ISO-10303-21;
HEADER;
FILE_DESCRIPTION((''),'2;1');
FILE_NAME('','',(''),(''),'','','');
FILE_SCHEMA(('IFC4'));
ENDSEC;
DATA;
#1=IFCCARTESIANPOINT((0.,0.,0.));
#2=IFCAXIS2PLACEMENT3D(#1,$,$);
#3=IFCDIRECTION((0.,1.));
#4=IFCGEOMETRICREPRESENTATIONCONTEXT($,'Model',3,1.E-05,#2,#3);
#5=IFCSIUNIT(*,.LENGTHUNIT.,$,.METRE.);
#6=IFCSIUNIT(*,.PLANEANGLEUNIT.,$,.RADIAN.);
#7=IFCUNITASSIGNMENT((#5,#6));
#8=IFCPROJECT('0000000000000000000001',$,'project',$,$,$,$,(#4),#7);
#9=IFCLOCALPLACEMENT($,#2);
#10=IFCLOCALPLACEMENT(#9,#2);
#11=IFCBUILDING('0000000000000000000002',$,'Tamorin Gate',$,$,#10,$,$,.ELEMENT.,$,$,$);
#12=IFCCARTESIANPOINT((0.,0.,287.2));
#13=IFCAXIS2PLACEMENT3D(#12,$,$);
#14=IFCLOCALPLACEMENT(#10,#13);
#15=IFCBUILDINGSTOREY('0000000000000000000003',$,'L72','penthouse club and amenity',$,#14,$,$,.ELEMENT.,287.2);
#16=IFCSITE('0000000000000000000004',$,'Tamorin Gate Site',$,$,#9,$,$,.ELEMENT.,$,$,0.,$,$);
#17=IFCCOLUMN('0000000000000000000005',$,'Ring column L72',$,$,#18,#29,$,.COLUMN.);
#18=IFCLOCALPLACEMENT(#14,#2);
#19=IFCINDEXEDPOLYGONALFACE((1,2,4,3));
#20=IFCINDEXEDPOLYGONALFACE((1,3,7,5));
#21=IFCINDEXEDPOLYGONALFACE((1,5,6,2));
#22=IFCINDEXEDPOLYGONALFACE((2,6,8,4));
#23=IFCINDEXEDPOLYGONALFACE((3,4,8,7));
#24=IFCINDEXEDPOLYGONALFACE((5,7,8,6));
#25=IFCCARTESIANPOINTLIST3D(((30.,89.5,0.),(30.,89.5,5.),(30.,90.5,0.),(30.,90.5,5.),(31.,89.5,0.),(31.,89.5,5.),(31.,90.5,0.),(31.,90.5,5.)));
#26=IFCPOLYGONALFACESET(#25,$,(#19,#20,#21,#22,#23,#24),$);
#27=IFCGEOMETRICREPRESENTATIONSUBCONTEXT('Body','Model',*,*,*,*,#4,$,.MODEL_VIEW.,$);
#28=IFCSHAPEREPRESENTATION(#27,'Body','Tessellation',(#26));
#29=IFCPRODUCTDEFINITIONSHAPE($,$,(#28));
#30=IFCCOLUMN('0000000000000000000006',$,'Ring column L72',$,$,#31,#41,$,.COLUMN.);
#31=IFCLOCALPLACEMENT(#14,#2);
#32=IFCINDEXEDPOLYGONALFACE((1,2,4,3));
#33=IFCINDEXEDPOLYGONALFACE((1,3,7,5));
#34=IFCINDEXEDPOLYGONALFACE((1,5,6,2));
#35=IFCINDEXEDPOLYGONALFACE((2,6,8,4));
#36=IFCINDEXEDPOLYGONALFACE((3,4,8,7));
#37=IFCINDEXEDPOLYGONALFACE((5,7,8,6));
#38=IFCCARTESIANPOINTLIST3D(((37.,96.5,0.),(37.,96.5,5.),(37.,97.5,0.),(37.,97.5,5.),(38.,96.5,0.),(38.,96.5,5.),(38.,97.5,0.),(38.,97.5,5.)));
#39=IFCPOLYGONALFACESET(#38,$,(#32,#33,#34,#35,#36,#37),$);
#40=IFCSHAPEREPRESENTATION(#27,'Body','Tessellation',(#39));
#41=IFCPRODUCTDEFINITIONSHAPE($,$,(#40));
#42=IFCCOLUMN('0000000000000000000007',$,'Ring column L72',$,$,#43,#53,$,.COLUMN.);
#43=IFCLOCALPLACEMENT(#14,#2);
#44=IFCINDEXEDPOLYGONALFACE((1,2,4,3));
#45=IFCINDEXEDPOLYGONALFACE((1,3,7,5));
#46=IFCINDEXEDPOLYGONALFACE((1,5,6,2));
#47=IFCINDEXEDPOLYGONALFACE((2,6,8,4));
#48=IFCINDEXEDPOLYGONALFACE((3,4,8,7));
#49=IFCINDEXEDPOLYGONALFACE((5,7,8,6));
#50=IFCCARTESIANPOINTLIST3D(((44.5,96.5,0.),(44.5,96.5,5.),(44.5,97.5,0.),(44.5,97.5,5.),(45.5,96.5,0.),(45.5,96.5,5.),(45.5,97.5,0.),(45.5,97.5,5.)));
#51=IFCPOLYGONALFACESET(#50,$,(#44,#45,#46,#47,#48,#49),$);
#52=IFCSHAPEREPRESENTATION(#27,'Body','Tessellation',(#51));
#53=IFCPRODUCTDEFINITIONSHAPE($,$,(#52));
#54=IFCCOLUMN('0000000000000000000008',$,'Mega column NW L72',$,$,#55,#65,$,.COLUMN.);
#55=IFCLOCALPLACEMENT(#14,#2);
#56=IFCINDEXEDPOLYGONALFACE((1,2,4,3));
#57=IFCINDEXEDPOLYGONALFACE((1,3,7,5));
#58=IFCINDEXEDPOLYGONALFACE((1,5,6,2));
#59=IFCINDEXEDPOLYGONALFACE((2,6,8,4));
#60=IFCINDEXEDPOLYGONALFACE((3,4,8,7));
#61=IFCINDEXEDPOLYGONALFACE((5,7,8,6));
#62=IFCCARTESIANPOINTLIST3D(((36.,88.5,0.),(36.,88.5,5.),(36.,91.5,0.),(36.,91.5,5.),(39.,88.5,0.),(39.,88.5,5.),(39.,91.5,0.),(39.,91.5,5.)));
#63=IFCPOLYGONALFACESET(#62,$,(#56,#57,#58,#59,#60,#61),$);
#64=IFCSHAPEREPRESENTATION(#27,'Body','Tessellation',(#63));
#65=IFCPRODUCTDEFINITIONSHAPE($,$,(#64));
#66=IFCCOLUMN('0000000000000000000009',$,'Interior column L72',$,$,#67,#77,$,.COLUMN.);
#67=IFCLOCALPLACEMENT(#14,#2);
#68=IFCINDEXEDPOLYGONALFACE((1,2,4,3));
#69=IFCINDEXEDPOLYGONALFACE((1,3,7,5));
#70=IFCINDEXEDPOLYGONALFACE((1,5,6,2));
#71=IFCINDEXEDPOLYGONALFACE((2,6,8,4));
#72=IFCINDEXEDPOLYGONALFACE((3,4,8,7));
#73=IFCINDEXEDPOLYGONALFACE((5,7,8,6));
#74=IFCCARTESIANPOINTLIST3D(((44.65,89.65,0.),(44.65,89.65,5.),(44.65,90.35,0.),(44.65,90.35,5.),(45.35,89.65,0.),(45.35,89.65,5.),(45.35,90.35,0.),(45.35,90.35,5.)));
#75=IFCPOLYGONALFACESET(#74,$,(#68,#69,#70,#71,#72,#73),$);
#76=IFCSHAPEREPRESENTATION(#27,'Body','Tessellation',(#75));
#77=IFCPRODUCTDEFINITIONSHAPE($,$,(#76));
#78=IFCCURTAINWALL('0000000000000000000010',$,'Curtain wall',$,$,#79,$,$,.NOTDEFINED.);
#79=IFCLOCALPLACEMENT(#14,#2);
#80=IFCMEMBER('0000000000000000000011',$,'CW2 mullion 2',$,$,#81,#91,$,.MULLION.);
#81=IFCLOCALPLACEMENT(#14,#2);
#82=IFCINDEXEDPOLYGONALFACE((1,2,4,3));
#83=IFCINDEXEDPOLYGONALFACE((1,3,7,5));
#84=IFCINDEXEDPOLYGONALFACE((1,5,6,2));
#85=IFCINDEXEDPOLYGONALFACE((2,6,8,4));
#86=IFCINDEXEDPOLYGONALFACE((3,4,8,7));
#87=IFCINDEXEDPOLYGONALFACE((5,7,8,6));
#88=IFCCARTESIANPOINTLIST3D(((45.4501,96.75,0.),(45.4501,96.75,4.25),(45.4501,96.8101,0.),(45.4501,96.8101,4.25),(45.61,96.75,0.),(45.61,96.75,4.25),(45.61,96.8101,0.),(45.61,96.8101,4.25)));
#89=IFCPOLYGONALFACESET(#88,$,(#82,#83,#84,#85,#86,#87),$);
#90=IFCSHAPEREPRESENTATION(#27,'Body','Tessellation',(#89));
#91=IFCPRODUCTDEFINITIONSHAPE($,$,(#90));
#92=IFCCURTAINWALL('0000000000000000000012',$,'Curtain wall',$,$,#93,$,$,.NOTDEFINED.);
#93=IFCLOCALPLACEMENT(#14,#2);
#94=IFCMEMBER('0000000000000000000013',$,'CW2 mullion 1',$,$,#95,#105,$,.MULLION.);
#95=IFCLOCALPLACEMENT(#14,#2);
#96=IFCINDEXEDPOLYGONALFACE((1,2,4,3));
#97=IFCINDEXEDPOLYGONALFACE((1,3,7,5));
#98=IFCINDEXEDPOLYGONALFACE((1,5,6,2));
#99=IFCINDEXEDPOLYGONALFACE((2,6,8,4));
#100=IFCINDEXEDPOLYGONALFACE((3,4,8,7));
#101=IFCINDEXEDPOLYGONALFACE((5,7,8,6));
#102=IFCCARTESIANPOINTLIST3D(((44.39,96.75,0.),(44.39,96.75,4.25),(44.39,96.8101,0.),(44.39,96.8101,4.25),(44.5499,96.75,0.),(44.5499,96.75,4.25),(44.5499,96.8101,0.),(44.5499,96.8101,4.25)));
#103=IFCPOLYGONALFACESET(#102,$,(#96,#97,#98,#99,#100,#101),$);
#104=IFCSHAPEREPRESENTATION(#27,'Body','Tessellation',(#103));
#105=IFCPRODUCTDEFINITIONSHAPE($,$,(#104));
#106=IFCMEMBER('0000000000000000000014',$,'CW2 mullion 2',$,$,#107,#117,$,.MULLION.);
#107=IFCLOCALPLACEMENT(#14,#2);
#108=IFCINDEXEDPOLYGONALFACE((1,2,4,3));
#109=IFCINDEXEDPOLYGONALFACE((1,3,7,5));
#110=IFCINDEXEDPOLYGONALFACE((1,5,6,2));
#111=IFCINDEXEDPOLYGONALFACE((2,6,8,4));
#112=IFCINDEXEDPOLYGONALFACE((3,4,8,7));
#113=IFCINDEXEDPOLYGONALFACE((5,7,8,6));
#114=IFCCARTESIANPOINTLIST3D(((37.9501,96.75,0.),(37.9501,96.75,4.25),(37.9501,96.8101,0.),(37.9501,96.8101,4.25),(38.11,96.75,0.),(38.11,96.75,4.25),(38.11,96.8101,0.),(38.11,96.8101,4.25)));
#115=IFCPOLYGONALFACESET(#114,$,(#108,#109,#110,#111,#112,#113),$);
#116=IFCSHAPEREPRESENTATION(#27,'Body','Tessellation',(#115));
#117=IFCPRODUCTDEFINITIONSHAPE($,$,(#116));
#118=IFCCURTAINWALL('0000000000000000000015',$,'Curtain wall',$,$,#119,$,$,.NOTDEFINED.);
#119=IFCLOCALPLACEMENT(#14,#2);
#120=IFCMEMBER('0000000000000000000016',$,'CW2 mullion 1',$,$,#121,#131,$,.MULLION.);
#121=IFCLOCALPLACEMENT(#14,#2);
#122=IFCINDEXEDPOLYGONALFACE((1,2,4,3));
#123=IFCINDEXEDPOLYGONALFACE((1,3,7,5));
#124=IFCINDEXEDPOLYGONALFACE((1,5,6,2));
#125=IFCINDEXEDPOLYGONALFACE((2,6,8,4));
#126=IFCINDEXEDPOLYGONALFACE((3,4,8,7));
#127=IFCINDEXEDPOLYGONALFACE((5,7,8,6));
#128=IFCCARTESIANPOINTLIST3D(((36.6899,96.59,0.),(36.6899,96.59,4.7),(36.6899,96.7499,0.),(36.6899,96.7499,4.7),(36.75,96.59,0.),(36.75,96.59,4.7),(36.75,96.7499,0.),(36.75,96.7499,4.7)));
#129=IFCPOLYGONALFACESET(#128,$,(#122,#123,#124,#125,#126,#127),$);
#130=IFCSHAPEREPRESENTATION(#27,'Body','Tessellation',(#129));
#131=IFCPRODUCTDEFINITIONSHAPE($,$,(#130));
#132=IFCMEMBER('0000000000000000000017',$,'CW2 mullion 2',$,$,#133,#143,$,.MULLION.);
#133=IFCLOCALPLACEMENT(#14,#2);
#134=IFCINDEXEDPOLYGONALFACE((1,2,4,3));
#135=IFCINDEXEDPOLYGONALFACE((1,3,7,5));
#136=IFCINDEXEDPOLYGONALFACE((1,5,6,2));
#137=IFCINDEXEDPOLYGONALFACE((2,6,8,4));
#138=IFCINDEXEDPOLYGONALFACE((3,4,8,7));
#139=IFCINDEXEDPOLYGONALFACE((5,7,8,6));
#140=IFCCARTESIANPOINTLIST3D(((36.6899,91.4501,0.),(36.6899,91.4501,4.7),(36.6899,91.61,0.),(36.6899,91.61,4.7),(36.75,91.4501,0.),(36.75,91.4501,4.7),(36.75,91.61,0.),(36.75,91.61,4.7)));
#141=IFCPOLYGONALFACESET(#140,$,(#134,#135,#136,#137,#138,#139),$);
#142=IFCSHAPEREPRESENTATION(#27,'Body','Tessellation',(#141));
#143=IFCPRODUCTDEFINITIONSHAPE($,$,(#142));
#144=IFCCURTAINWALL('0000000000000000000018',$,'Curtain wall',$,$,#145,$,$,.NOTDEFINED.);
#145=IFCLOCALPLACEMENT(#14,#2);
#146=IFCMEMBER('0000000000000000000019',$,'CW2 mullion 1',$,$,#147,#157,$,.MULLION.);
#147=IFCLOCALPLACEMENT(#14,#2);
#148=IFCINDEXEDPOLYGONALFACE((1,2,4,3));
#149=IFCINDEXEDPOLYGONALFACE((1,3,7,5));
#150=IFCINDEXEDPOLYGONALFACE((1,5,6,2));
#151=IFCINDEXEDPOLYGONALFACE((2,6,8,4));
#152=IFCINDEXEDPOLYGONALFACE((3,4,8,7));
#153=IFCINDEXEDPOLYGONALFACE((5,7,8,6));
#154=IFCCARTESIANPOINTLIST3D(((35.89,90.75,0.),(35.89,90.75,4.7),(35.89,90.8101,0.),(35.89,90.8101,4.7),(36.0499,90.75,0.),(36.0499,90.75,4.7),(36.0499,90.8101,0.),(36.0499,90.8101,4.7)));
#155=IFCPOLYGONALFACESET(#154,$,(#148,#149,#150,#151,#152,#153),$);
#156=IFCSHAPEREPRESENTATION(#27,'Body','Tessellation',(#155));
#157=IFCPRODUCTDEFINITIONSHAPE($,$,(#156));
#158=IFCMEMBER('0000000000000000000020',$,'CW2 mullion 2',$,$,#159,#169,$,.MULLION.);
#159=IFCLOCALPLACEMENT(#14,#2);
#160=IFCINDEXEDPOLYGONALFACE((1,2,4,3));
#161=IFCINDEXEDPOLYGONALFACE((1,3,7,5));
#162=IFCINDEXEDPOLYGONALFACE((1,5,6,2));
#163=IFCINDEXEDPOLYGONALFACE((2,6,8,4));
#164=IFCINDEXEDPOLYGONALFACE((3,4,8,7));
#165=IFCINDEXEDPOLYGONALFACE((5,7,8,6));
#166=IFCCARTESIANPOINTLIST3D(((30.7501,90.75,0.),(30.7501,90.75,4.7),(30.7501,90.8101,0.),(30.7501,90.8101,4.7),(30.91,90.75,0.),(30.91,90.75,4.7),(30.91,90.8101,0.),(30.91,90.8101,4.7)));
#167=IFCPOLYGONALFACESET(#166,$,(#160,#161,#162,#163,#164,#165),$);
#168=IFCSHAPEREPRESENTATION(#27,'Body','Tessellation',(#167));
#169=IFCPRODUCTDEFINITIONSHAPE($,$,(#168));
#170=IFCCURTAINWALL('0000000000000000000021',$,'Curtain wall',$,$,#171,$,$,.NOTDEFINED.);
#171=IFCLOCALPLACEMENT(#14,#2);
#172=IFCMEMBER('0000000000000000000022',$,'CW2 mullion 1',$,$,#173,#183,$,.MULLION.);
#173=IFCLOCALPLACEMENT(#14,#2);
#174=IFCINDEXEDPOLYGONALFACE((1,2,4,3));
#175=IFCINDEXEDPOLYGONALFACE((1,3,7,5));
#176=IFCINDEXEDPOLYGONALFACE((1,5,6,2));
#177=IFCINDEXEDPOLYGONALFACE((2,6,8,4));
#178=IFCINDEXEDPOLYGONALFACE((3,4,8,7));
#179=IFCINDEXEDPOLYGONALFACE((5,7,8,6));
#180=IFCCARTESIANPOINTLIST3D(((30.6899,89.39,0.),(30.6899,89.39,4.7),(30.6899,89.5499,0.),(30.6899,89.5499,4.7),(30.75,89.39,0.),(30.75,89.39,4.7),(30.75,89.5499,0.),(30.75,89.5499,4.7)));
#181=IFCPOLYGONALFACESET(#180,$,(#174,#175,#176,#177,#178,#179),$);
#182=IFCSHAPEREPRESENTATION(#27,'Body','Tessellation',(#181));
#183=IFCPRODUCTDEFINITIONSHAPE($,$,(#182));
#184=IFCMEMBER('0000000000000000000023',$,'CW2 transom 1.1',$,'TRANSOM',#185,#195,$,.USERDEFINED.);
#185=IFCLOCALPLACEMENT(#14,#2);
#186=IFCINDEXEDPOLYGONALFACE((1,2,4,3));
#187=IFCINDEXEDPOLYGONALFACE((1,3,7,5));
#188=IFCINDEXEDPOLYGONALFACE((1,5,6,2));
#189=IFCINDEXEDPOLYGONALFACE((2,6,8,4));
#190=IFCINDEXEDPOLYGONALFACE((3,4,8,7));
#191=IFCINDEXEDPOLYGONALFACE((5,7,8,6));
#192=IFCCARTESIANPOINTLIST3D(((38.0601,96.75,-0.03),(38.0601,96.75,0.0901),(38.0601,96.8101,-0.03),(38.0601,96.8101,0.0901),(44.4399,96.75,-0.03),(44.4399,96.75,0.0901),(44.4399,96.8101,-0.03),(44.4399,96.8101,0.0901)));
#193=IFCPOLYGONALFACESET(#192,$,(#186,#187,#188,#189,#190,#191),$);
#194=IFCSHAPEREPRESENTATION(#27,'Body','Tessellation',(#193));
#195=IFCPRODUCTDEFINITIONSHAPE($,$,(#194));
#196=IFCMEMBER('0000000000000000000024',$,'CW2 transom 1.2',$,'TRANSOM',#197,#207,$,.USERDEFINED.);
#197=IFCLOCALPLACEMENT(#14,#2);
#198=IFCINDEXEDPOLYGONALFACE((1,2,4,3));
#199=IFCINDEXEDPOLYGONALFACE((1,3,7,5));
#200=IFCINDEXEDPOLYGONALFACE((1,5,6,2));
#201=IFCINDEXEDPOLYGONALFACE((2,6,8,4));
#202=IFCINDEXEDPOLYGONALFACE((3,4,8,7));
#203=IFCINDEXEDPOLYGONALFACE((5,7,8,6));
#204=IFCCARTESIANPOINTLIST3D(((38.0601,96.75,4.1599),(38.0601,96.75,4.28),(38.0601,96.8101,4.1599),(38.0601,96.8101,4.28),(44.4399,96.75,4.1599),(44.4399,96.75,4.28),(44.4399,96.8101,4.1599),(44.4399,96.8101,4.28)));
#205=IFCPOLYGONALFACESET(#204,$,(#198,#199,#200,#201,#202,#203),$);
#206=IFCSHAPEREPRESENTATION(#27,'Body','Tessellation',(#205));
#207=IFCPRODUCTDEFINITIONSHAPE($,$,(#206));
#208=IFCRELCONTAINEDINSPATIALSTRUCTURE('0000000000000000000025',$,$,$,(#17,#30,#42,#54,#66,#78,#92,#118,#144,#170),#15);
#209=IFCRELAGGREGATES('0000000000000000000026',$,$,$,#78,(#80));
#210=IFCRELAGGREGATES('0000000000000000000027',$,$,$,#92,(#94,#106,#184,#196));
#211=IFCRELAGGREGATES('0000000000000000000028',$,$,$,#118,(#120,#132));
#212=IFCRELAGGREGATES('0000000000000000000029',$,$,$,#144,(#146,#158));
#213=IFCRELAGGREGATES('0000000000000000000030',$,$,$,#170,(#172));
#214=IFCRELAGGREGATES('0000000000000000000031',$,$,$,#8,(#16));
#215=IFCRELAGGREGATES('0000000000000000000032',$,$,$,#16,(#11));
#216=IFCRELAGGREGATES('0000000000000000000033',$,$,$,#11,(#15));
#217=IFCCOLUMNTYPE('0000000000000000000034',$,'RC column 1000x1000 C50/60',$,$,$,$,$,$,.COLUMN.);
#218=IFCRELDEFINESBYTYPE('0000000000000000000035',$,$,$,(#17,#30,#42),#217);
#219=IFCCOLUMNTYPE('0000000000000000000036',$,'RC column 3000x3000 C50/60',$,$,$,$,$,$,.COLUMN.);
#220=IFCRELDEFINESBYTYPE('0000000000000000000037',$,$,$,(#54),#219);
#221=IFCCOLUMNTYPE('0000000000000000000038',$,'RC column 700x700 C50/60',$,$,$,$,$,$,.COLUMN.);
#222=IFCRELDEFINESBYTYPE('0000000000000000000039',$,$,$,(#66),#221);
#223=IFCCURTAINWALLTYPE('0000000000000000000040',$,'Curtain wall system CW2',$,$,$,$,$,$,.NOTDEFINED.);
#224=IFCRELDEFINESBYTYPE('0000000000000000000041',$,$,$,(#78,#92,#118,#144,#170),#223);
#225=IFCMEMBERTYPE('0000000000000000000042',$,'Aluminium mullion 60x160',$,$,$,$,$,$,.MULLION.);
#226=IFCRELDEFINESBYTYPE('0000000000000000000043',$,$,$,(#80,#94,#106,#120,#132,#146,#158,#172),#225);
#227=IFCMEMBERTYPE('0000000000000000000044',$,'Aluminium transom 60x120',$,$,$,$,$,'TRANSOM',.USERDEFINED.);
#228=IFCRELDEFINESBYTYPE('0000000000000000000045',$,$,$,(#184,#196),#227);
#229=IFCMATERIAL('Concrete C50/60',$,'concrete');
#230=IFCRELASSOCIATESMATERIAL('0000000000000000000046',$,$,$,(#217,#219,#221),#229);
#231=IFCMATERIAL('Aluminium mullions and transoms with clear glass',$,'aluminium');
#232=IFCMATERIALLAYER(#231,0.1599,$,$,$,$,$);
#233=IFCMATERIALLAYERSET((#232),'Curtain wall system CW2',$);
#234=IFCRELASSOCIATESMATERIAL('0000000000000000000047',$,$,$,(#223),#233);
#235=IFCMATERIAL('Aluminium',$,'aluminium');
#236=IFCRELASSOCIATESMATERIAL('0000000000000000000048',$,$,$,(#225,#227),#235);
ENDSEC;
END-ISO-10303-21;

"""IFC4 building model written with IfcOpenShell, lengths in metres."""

from ifc_helpers import new_model, si_unit, direction, frame, origin, origin_2d, place, context, subcontext, project, spatial, rectangle, extrude, material, layer, layer_set, material_profile, profile_set, type_object, element, aggregate, save


model = new_model("IFC4")

# Units and contexts
model_context = context("Model", 3, precision=1e-05, world=origin(), true_north=direction((0.0, 1.0)))
body_context = subcontext(model_context, "Body", "Model", "MODEL_VIEW")
ifc_project = project(units=[si_unit("LENGTHUNIT", "METRE"), si_unit("PLANEANGLEUNIT", "RADIAN")], contexts=[model_context])

# Site, building, storey
site_placement = place(None, origin())
site = spatial("IfcSite", under=ifc_project, at=site_placement, Name="Tamorin Gate Site", CompositionType="ELEMENT", RefElevation=0.0)
building_placement = place(site_placement, origin())
building = spatial("IfcBuilding", under=site, at=building_placement, Name="Tamorin Gate", CompositionType="ELEMENT")
storey_placement = place(building_placement, frame((0.0, 0.0, 287.2)))
storey = spatial("IfcBuildingStorey", under=building, at=storey_placement, Name="L72", Description="penthouse club and amenity", CompositionType="ELEMENT", Elevation=287.2)

# Columns
ifc_material_1 = material(Name="Concrete C50/60", Category="concrete")
ifc_material_profile_1 = material_profile(ifc_material_1, rectangle(XDim=1.0, YDim=1.0, at=origin_2d()), Name="RC 1000x1000")
ifc_profile_set_1 = profile_set([ifc_material_profile_1], Name="Concrete C50/60")
column_type_1 = type_object("IfcColumnType", Name="RC column 1000x1000 C50/60", PredefinedType="COLUMN", material=ifc_profile_set_1)
for number, where, z_axis, x_axis, name in (
    (1, (30.5, 90.0, 0.0), (0.0, 0.0, 1.0), (1.0, 0.0, 0.0), "Ring column L72"),
    (2, (37.5, 97.0, 0.0), (0.0, 0.0, 1.0), (1.0, 0.0, 0.0), "Ring column L72"),
    (3, (45.0, 97.0, 0.0), (0.0, 0.0, 1.0), (1.0, 0.0, 0.0), "Ring column L72"),
):
    element("IfcColumn", number, at=place(storey_placement, frame(where, z_axis=z_axis, x_axis=x_axis)), inside=storey, type_object=column_type_1, Name=name, PredefinedType="COLUMN", context=body_context, shape_type="SweptSolid", body=[
        extrude(rectangle(XDim=1.0, YDim=1.0, at=origin_2d()), origin(), (0.0, 0.0, 1.0), 5.0),
    ])
ifc_material_profile_2 = material_profile(ifc_material_1, rectangle(XDim=3.0, YDim=3.0, at=origin_2d()), Name="RC 3000x3000")
ifc_profile_set_2 = profile_set([ifc_material_profile_2], Name="Concrete C50/60")
column_type_2 = type_object("IfcColumnType", Name="RC column 3000x3000 C50/60", PredefinedType="COLUMN", material=ifc_profile_set_2)
column_1_placement = place(storey_placement, frame((37.5, 90.0, 0.0), z_axis=(0.0, 0.0, 1.0), x_axis=(1.0, 0.0, 0.0)))
element("IfcColumn", 4, at=column_1_placement, inside=storey, type_object=column_type_2, Name="Mega column NW L72", PredefinedType="COLUMN", context=body_context, shape_type="SweptSolid", body=[
    extrude(rectangle(XDim=3.0, YDim=3.0, at=origin_2d()), origin(), (0.0, 0.0, 1.0), 5.0),
])
ifc_material_profile_3 = material_profile(ifc_material_1, rectangle(XDim=0.7, YDim=0.7, at=origin_2d()), Name="RC 700x700")
ifc_profile_set_3 = profile_set([ifc_material_profile_3], Name="Concrete C50/60")
column_type_3 = type_object("IfcColumnType", Name="RC column 700x700 C50/60", PredefinedType="COLUMN", material=ifc_profile_set_3)
column_2_placement = place(storey_placement, frame((45.0, 90.0, 0.0), z_axis=(0.0, 0.0, 1.0), x_axis=(1.0, 0.0, 0.0)))
element("IfcColumn", 5, at=column_2_placement, inside=storey, type_object=column_type_3, Name="Interior column L72", PredefinedType="COLUMN", context=body_context, shape_type="SweptSolid", body=[
    extrude(rectangle(XDim=0.7, YDim=0.7, at=origin_2d()), origin(), (0.0, 0.0, 1.0), 5.0),
])

# Curtain wall, member
ifc_material_2 = material(Name="Aluminium mullions and transoms with clear glass", Category="aluminium")
ifc_layer_1 = layer(ifc_material_2, 0.1599)
ifc_layer_set_1 = layer_set([ifc_layer_1], Name="Curtain wall system CW2")
curtain_wall_type = type_object("IfcCurtainWallType", Name="Curtain wall system CW2", PredefinedType="NOTDEFINED", material=ifc_layer_set_1)
curtain_wall_1_placement = place(storey_placement, origin())
curtain_wall_1 = element("IfcCurtainWall", 6, at=curtain_wall_1_placement, inside=storey, type_object=curtain_wall_type, Name="Curtain wall", PredefinedType="NOTDEFINED")
ifc_material_3 = material(Name="Aluminium", Category="aluminium")
ifc_material_profile_4 = material_profile(ifc_material_3, rectangle(XDim=0.0601, YDim=0.1599, at=origin_2d()), Name="RECT 60x160")
ifc_profile_set_4 = profile_set([ifc_material_profile_4], Name="Aluminium")
member_type_1 = type_object("IfcMemberType", Name="Aluminium mullion 60x160", PredefinedType="MULLION", material=ifc_profile_set_4)
member_1_placement = place(storey_placement, frame((45.53, 96.78, 0.0), z_axis=(0.0, 0.0, 1.0), x_axis=(0.0, -1.0, 0.0)))
member_1 = element("IfcMember", 7, at=member_1_placement, type_object=member_type_1, Name="CW2 mullion 2", PredefinedType="MULLION", context=body_context, shape_type="SweptSolid", body=[
    extrude(rectangle(XDim=0.0601, YDim=0.1599, at=origin_2d()), origin(), (0.0, 0.0, 1.0), 4.25),
])

# Curtain walls, members
curtain_wall_2_placement = place(storey_placement, origin())
curtain_wall_2 = element("IfcCurtainWall", 8, at=curtain_wall_2_placement, inside=storey, type_object=curtain_wall_type, Name="Curtain wall", PredefinedType="NOTDEFINED")
member_2_placement = place(storey_placement, frame((44.47, 96.78, 0.0), z_axis=(0.0, 0.0, 1.0), x_axis=(0.0, -1.0, 0.0)))
member_2 = element("IfcMember", 9, at=member_2_placement, type_object=member_type_1, Name="CW2 mullion 1", PredefinedType="MULLION", context=body_context, shape_type="SweptSolid", body=[
    extrude(rectangle(XDim=0.0601, YDim=0.1599, at=origin_2d()), origin(), (0.0, 0.0, 1.0), 4.25),
])
member_3_placement = place(storey_placement, frame((38.03, 96.78, 0.0), z_axis=(0.0, 0.0, 1.0), x_axis=(0.0, -1.0, 0.0)))
member_3 = element("IfcMember", 10, at=member_3_placement, type_object=member_type_1, Name="CW2 mullion 2", PredefinedType="MULLION", context=body_context, shape_type="SweptSolid", body=[
    extrude(rectangle(XDim=0.0601, YDim=0.1599, at=origin_2d()), origin(), (0.0, 0.0, 1.0), 4.25),
])
curtain_wall_3_placement = place(storey_placement, origin())
curtain_wall_3 = element("IfcCurtainWall", 11, at=curtain_wall_3_placement, inside=storey, type_object=curtain_wall_type, Name="Curtain wall", PredefinedType="NOTDEFINED")
member_4_placement = place(storey_placement, frame((36.72, 96.6699, 0.0), z_axis=(0.0, 0.0, 1.0), x_axis=(1.0, 0.0, 0.0)))
member_4 = element("IfcMember", 12, at=member_4_placement, type_object=member_type_1, Name="CW2 mullion 1", PredefinedType="MULLION", context=body_context, shape_type="SweptSolid", body=[
    extrude(rectangle(XDim=0.0601, YDim=0.1599, at=origin_2d()), origin(), (0.0, 0.0, 1.0), 4.7),
])
member_5_placement = place(storey_placement, frame((36.72, 91.53, 0.0), z_axis=(0.0, 0.0, 1.0), x_axis=(1.0, 0.0, 0.0)))
member_5 = element("IfcMember", 13, at=member_5_placement, type_object=member_type_1, Name="CW2 mullion 2", PredefinedType="MULLION", context=body_context, shape_type="SweptSolid", body=[
    extrude(rectangle(XDim=0.0601, YDim=0.1599, at=origin_2d()), origin(), (0.0, 0.0, 1.0), 4.7),
])
curtain_wall_4_placement = place(storey_placement, origin())
curtain_wall_4 = element("IfcCurtainWall", 14, at=curtain_wall_4_placement, inside=storey, type_object=curtain_wall_type, Name="Curtain wall", PredefinedType="NOTDEFINED")
member_6_placement = place(storey_placement, frame((35.97, 90.78, 0.0), z_axis=(0.0, 0.0, 1.0), x_axis=(0.0, -1.0, 0.0)))
member_6 = element("IfcMember", 15, at=member_6_placement, type_object=member_type_1, Name="CW2 mullion 1", PredefinedType="MULLION", context=body_context, shape_type="SweptSolid", body=[
    extrude(rectangle(XDim=0.0601, YDim=0.1599, at=origin_2d()), origin(), (0.0, 0.0, 1.0), 4.7),
])
member_7_placement = place(storey_placement, frame((30.8301, 90.78, 0.0), z_axis=(0.0, 0.0, 1.0), x_axis=(0.0, -1.0, 0.0)))
member_7 = element("IfcMember", 16, at=member_7_placement, type_object=member_type_1, Name="CW2 mullion 2", PredefinedType="MULLION", context=body_context, shape_type="SweptSolid", body=[
    extrude(rectangle(XDim=0.0601, YDim=0.1599, at=origin_2d()), origin(), (0.0, 0.0, 1.0), 4.7),
])

# Curtain wall, member
curtain_wall_5_placement = place(storey_placement, origin())
curtain_wall_5 = element("IfcCurtainWall", 17, at=curtain_wall_5_placement, inside=storey, type_object=curtain_wall_type, Name="Curtain wall", PredefinedType="NOTDEFINED")
member_8_placement = place(storey_placement, frame((30.72, 89.47, 0.0), z_axis=(0.0, 0.0, 1.0), x_axis=(1.0, 0.0, 0.0)))
member_8 = element("IfcMember", 18, at=member_8_placement, type_object=member_type_1, Name="CW2 mullion 1", PredefinedType="MULLION", context=body_context, shape_type="SweptSolid", body=[
    extrude(rectangle(XDim=0.0601, YDim=0.1599, at=origin_2d()), origin(), (0.0, 0.0, 1.0), 4.7),
])

# Members
ifc_material_profile_5 = material_profile(ifc_material_3, rectangle(XDim=0.0601, YDim=0.1201, at=origin_2d()), Name="RECT 60x120")
ifc_profile_set_5 = profile_set([ifc_material_profile_5], Name="Aluminium")
member_type_2 = type_object("IfcMemberType", Name="Aluminium transom 60x120", ElementType="TRANSOM", PredefinedType="USERDEFINED", material=ifc_profile_set_5)
member_9_placement = place(storey_placement, frame((44.4399, 96.78, 0.03), z_axis=(-1.0, 0.0, 0.0), x_axis=(0.0, -1.0, 0.0)))
member_9 = element("IfcMember", 19, at=member_9_placement, type_object=member_type_2, Name="CW2 transom 1.1", ObjectType="TRANSOM", PredefinedType="USERDEFINED", context=body_context, shape_type="SweptSolid", body=[
    extrude(rectangle(XDim=0.0601, YDim=0.1201, at=origin_2d()), origin(), (0.0, 0.0, 1.0), 6.3799),
])
member_10_placement = place(storey_placement, frame((44.4399, 96.78, 4.22), z_axis=(-1.0, 0.0, 0.0), x_axis=(0.0, -1.0, 0.0)))
member_10 = element("IfcMember", 20, at=member_10_placement, type_object=member_type_2, Name="CW2 transom 1.2", ObjectType="TRANSOM", PredefinedType="USERDEFINED", context=body_context, shape_type="SweptSolid", body=[
    extrude(rectangle(XDim=0.0601, YDim=0.1201, at=origin_2d()), origin(), (0.0, 0.0, 1.0), 6.3799),
])

aggregate(curtain_wall_1, [member_1])
aggregate(curtain_wall_2, [member_2, member_3, member_9, member_10])
aggregate(curtain_wall_3, [member_4, member_5])
aggregate(curtain_wall_4, [member_6, member_7])
aggregate(curtain_wall_5, [member_8])

save(model, "model.ifc")
